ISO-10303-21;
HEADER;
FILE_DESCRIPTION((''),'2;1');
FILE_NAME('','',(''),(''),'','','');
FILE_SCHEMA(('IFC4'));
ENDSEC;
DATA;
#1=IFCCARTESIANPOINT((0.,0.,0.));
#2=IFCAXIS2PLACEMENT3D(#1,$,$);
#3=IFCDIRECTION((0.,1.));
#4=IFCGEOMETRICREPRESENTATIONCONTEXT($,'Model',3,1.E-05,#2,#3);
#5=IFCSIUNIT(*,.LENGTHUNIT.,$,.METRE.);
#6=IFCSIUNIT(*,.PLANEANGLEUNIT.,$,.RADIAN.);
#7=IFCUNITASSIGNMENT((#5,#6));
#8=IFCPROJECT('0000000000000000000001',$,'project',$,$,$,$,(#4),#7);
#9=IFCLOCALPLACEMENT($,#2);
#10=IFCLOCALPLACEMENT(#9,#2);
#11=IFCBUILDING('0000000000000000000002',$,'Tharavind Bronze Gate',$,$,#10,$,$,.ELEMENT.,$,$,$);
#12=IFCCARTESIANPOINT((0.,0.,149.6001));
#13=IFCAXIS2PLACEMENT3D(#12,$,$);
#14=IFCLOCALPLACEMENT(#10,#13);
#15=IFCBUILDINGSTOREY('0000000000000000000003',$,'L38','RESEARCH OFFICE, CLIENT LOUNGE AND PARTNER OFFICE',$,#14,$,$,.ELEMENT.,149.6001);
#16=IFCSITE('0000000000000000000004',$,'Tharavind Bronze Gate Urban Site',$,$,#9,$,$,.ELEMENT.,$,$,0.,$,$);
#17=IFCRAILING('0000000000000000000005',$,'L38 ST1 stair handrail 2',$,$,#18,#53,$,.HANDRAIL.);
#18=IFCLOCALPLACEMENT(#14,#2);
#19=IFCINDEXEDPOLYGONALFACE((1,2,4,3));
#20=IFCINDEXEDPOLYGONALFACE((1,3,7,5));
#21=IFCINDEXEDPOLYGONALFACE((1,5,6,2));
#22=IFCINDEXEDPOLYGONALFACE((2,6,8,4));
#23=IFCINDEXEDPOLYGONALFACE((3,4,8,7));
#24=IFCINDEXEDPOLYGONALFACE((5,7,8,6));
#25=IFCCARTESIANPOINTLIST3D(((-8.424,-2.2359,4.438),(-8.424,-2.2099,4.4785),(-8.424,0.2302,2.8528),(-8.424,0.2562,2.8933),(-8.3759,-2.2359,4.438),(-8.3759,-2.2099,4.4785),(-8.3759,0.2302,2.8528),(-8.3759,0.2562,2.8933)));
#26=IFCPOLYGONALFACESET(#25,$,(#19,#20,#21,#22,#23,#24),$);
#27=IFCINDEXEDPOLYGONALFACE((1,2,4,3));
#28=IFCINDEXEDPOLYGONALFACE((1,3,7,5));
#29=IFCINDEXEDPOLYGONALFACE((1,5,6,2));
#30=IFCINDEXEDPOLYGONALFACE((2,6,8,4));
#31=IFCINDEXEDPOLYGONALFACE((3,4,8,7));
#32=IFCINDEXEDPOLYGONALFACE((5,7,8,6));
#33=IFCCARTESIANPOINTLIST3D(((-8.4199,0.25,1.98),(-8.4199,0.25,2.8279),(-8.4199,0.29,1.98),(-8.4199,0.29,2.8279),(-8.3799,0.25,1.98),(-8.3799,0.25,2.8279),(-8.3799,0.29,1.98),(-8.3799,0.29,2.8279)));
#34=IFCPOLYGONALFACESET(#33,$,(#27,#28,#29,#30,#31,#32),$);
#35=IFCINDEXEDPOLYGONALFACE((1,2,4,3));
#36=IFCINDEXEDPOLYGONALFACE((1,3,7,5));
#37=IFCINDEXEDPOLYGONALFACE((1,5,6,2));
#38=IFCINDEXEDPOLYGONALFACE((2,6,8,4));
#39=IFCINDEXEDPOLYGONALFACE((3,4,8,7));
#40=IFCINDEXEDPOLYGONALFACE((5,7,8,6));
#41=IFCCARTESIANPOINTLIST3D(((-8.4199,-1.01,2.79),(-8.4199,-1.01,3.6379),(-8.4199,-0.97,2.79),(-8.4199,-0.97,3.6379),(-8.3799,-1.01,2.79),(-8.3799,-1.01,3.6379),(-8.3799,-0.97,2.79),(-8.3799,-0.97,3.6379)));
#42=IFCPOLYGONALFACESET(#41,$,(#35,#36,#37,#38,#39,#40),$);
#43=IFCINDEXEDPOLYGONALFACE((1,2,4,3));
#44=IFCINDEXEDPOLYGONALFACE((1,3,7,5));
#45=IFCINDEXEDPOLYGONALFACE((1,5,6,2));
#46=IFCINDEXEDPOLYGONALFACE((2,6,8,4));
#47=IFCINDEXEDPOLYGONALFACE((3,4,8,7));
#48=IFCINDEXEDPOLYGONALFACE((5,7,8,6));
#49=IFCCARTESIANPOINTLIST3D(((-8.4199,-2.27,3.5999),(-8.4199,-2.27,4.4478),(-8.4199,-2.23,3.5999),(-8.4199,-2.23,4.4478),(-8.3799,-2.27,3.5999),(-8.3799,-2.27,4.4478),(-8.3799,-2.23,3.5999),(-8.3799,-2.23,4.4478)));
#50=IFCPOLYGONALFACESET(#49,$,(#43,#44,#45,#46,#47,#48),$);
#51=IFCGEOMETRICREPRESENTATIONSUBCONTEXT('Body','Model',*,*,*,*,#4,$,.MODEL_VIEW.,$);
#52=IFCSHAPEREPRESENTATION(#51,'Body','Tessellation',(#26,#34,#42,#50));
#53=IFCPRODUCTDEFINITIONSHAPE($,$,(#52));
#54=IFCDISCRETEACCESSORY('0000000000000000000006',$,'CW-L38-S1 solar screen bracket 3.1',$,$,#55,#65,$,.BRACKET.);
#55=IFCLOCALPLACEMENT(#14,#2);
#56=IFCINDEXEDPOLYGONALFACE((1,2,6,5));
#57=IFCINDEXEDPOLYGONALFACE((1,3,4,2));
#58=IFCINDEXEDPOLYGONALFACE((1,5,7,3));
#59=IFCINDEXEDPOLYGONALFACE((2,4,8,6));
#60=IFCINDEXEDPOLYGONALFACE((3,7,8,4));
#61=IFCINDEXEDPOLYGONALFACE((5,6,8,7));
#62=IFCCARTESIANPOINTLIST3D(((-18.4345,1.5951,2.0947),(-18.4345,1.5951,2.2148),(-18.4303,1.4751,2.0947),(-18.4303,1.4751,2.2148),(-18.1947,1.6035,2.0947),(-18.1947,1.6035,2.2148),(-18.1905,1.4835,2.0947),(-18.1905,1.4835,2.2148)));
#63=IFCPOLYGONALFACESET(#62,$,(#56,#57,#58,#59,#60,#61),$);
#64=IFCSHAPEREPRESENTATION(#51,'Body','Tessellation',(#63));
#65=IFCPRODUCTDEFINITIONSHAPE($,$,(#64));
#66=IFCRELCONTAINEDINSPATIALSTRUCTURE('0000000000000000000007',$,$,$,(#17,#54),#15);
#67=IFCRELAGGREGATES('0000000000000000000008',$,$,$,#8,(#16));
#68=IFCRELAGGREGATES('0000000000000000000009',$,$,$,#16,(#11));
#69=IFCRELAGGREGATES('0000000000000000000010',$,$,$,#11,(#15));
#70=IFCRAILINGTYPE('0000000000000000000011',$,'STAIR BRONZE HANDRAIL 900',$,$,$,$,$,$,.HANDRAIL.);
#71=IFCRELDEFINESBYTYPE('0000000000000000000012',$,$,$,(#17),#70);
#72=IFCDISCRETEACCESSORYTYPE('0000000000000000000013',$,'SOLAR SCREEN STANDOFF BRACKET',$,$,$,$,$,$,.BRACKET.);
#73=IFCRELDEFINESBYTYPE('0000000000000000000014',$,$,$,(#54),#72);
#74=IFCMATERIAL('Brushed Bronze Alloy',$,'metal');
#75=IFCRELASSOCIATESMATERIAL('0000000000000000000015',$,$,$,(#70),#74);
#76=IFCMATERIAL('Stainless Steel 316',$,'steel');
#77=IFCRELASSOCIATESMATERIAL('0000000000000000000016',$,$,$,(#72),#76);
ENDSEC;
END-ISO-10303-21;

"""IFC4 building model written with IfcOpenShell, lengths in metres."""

from ifc_helpers import new_model, si_unit, direction, frame, origin, origin_2d, place, context, subcontext, project, spatial, rectangle, extrude, material, type_object, element, save


model = new_model("IFC4")

# Units and contexts
model_context = context("Model", 3, precision=1e-05, world=origin(), true_north=direction((0.0, 1.0)))
body_context = subcontext(model_context, "Body", "Model", "MODEL_VIEW")
ifc_project = project(units=[si_unit("LENGTHUNIT", "METRE"), si_unit("PLANEANGLEUNIT", "RADIAN")], contexts=[model_context])

# Site, building, storey
site_placement = place(None, origin())
site = spatial("IfcSite", under=ifc_project, at=site_placement, Name="Tharavind Bronze Gate Urban Site", CompositionType="ELEMENT", RefElevation=0.0)
building_placement = place(site_placement, origin())
building = spatial("IfcBuilding", under=site, at=building_placement, Name="Tharavind Bronze Gate", CompositionType="ELEMENT")
storey_placement = place(building_placement, frame((0.0, 0.0, 149.6001)))
storey = spatial("IfcBuildingStorey", under=building, at=storey_placement, Name="L38", Description="RESEARCH OFFICE, CLIENT LOUNGE AND PARTNER OFFICE", CompositionType="ELEMENT", Elevation=149.6001)

# Railing
ifc_material_1 = material(Name="Brushed Bronze Alloy", Category="metal")
railing_type = type_object("IfcRailingType", Name="STAIR BRONZE HANDRAIL 900", PredefinedType="HANDRAIL", material=ifc_material_1)
railing_placement = place(storey_placement, frame((-8.3999, 0.27, 1.98)))
element("IfcRailing", 1, at=railing_placement, inside=storey, type_object=railing_type, Name="L38 ST1 stair handrail 2", PredefinedType="HANDRAIL", context=body_context, shape_type="SweptSolid", body=[
    extrude(rectangle(XDim=0.0481, YDim=0.0481, at=origin_2d()), frame((0.0, -0.0269, 0.8931), z_axis=(0.0, -0.8412, 0.540725), x_axis=(1.0, 0.0, 0.0)), (0.0, 0.0, 1.0), 2.9316),
    extrude(rectangle(XDim=0.04, YDim=0.04, at=origin_2d()), origin(), (0.0, 0.0, 1.0), 0.8479),
    extrude(rectangle(XDim=0.04, YDim=0.04, at=origin_2d()), frame((0.0, -1.26, 0.8101)), (0.0, 0.0, 1.0), 0.8479),
    extrude(rectangle(XDim=0.04, YDim=0.04, at=origin_2d()), frame((0.0, -2.52, 1.6199)), (0.0, 0.0, 1.0), 0.8479),
])

# Discrete accessory
ifc_material_2 = material(Name="Stainless Steel 316", Category="steel")
discrete_accessory_type = type_object("IfcDiscreteAccessoryType", Name="SOLAR SCREEN STANDOFF BRACKET", PredefinedType="BRACKET", material=ifc_material_2)
discrete_accessory_placement = place(storey_placement, frame((-18.3125, 1.5393, 2.0947), z_axis=(0.0, 0.0, 1.0), x_axis=(0.034899, -0.999391, 0.0)))
element("IfcDiscreteAccessory", 2, at=discrete_accessory_placement, inside=storey, type_object=discrete_accessory_type, Name="CW-L38-S1 solar screen bracket 3.1", PredefinedType="BRACKET", context=body_context, shape_type="SweptSolid", body=[
    extrude(rectangle(XDim=0.1201, YDim=0.24, at=origin_2d()), origin(), (0.0, 0.0, 1.0), 0.1201),
])

save(model, "model.ifc")
